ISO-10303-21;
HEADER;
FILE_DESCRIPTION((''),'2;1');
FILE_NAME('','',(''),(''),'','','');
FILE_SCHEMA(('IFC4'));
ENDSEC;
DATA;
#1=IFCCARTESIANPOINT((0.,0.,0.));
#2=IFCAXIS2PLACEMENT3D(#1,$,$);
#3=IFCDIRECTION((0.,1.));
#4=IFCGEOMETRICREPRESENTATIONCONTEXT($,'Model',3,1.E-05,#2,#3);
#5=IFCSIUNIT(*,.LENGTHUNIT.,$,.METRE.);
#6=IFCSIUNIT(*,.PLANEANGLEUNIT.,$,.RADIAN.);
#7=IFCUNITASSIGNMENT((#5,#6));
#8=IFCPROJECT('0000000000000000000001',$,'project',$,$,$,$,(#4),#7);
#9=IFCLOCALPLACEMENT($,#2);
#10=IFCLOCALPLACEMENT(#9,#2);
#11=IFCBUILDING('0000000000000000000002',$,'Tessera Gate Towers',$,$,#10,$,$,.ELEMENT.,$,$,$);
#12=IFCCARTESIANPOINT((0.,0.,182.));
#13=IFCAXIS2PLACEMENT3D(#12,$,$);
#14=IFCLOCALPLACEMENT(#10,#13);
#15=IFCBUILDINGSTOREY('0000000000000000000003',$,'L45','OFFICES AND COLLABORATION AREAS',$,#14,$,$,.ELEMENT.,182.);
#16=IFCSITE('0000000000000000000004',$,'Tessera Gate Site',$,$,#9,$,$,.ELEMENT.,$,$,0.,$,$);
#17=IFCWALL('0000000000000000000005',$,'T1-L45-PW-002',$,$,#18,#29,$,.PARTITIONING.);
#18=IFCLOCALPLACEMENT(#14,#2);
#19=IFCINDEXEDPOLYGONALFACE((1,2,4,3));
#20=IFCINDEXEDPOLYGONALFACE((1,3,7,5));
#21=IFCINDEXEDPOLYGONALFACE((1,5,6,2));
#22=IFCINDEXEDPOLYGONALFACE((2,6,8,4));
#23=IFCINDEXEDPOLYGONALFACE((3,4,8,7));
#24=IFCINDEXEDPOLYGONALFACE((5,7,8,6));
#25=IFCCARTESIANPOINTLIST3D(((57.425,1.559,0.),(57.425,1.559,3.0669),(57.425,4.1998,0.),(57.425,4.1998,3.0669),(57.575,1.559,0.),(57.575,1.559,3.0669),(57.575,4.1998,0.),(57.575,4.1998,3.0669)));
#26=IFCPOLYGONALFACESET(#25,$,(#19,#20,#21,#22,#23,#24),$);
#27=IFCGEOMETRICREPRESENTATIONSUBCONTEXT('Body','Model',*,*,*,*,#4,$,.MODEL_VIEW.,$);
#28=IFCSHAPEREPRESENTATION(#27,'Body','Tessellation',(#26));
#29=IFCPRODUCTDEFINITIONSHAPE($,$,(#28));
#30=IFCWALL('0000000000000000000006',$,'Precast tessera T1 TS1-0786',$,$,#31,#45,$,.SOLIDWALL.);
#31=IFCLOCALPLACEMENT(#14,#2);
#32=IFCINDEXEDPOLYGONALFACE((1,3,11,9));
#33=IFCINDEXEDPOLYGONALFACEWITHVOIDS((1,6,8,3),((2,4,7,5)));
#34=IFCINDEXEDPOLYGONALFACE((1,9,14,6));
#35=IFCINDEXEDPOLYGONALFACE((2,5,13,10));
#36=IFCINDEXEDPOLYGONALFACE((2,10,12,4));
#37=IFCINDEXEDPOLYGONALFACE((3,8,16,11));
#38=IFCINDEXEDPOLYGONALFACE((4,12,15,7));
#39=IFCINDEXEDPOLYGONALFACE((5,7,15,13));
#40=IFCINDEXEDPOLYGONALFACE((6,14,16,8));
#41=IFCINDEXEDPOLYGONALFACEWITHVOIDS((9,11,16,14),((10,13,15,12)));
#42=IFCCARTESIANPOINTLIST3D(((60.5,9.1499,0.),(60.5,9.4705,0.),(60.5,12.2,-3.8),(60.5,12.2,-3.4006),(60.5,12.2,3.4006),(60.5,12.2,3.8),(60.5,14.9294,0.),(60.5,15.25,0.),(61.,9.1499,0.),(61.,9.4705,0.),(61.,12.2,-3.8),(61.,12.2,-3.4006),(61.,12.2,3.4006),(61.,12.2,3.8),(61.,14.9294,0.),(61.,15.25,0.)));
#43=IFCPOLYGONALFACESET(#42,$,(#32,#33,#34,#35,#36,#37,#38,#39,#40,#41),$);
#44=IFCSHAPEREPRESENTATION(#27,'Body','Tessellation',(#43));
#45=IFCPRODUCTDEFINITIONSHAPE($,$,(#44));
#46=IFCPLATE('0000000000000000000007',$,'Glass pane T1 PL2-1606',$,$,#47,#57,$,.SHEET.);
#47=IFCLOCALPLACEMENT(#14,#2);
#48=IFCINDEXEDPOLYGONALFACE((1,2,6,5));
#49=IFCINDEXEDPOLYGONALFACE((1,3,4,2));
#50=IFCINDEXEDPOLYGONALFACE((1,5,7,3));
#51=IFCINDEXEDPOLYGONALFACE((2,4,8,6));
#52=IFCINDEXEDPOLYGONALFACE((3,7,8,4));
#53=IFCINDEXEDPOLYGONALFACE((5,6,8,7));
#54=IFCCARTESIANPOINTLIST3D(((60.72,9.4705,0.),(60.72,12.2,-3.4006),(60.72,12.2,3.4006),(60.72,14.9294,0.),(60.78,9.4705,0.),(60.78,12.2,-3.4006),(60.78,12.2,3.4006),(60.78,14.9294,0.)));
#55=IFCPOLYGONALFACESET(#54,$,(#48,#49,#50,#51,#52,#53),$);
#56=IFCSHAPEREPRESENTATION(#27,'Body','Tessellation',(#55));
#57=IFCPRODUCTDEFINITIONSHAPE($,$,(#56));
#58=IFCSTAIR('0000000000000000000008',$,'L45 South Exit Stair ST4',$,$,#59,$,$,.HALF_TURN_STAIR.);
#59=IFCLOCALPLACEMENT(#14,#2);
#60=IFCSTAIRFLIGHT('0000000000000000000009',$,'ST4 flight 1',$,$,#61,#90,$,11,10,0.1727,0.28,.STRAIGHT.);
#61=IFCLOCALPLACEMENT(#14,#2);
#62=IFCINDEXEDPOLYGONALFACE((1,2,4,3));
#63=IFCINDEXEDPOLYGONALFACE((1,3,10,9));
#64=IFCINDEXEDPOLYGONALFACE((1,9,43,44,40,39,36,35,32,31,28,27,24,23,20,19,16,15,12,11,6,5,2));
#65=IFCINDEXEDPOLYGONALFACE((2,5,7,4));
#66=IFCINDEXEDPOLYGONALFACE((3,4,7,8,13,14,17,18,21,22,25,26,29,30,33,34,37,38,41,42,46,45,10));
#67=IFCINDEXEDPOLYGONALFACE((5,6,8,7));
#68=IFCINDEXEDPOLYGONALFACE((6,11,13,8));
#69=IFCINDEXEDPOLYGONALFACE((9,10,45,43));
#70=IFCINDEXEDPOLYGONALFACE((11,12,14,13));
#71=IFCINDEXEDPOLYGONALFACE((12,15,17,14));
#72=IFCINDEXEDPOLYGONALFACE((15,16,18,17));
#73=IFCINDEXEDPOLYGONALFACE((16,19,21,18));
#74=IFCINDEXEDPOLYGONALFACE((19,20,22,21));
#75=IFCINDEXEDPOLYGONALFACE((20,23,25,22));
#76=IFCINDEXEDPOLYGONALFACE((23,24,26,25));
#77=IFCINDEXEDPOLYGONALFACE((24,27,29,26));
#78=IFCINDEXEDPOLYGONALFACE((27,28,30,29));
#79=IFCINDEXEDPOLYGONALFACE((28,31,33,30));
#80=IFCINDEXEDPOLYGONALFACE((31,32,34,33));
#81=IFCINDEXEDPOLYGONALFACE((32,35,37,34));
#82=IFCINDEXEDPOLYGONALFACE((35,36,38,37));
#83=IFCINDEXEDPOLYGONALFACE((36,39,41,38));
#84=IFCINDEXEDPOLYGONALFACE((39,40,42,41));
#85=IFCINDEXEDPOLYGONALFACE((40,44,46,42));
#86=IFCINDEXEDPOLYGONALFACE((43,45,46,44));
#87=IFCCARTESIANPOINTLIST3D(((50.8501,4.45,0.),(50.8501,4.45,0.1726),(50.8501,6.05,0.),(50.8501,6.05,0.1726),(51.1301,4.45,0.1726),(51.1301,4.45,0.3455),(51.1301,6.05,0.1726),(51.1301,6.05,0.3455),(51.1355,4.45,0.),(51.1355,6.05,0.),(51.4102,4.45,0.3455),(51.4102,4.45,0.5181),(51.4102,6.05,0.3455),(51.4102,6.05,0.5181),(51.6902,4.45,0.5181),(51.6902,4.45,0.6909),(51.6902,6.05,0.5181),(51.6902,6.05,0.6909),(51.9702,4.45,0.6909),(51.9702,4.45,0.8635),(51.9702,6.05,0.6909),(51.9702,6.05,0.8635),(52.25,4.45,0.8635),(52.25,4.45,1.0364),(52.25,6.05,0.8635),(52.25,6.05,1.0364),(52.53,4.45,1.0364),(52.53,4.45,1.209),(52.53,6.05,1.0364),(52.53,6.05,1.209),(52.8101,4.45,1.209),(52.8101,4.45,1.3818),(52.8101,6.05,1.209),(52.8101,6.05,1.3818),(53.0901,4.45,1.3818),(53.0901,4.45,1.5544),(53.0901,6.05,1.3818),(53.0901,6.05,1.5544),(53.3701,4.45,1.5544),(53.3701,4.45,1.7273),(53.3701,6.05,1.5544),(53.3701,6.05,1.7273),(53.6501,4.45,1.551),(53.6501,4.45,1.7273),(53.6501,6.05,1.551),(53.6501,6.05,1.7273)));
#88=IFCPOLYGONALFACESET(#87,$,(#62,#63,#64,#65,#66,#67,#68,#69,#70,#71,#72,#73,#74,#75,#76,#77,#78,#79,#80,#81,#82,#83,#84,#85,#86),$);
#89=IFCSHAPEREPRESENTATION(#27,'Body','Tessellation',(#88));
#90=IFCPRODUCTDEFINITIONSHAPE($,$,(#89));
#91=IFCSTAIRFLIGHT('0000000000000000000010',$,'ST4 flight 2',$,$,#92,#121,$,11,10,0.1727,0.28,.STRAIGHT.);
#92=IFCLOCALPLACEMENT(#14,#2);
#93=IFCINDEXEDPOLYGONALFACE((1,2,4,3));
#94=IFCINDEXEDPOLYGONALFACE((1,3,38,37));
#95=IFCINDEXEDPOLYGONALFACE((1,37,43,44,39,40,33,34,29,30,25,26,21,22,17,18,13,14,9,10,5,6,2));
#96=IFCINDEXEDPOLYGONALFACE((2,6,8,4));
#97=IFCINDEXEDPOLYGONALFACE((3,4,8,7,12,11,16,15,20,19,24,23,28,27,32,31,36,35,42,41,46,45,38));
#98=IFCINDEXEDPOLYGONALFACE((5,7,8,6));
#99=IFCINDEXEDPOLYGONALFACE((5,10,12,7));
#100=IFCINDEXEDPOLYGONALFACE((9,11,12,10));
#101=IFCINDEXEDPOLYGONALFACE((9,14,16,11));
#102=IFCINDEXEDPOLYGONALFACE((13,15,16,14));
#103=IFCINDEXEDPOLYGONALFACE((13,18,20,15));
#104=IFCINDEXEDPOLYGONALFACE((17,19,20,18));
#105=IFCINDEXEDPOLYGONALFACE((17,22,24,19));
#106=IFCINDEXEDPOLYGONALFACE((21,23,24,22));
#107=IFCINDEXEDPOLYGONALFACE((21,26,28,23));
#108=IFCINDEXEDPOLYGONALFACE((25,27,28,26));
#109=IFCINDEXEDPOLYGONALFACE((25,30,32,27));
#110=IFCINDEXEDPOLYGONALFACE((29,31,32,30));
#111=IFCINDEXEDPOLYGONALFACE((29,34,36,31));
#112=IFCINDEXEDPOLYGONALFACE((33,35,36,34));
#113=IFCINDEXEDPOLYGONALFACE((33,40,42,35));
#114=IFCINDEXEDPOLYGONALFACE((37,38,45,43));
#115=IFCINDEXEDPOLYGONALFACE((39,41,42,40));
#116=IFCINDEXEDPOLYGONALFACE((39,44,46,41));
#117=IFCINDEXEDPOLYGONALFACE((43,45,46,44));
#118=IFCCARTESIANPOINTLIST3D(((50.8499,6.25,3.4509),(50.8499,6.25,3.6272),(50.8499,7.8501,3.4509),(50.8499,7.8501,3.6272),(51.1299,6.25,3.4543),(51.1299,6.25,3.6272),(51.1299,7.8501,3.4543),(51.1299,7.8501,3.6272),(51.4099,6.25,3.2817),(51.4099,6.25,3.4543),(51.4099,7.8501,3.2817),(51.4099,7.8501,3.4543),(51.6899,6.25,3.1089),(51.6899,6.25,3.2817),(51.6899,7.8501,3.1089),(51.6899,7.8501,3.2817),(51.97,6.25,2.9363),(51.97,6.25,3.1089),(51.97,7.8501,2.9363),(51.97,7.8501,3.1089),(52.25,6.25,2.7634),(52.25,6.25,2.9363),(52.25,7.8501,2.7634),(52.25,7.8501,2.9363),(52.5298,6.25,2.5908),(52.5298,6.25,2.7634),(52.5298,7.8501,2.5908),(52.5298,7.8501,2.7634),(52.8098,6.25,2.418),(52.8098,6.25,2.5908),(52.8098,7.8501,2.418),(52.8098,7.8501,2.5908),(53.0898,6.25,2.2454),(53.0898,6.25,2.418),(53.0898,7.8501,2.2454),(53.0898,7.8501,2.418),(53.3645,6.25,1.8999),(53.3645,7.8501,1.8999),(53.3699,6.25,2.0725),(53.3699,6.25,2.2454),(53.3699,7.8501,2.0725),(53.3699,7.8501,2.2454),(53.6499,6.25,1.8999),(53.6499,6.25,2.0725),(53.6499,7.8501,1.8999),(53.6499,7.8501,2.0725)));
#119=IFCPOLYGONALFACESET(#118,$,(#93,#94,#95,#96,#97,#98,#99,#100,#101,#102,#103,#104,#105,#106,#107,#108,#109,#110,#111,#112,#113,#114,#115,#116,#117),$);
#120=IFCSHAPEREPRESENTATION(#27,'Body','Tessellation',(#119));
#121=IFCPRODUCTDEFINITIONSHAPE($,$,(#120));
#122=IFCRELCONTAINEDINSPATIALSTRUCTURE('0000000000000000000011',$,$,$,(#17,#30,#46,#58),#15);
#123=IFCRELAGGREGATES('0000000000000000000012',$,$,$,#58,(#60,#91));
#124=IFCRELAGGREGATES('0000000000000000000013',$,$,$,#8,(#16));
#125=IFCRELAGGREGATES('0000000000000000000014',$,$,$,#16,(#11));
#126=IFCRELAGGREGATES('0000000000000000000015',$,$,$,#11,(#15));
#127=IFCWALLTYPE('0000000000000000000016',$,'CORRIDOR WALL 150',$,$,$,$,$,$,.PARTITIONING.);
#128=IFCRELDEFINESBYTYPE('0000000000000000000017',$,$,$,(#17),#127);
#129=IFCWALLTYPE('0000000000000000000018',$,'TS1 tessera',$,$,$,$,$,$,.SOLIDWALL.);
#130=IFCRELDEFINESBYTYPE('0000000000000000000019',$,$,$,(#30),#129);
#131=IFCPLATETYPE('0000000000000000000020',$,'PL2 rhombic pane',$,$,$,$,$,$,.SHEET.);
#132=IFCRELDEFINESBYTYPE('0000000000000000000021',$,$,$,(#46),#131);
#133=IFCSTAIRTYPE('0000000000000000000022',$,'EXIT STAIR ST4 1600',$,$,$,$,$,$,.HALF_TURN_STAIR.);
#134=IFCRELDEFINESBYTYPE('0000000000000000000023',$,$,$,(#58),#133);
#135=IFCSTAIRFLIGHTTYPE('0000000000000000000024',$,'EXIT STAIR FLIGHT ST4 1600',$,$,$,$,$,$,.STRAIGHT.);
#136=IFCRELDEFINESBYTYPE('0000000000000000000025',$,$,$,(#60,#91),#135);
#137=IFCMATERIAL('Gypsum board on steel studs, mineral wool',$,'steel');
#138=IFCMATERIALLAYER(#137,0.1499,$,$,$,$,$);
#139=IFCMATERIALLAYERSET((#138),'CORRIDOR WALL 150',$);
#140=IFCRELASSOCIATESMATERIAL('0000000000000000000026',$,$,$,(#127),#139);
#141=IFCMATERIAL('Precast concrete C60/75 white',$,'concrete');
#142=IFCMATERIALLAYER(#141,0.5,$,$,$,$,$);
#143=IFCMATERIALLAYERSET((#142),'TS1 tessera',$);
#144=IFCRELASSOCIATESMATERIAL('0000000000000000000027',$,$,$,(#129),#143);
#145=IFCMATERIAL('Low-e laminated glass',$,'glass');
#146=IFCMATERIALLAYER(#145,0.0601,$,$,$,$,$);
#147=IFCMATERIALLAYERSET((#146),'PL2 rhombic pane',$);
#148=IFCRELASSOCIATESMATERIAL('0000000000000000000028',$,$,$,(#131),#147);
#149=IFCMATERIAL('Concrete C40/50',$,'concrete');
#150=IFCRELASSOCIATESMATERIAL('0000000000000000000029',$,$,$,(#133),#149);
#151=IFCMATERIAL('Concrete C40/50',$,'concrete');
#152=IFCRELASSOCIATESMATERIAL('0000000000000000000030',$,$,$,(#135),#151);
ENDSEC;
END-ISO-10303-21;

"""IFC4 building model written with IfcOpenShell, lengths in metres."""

from ifc_helpers import new_model, si_unit, direction, frame, frame_2d, origin, place, context, subcontext, project, spatial, polyline, rectangle, outline, extrude, source, transform, mapped, material, layer, layer_set, type_object, element, fill, aggregate, save


model = new_model("IFC4")

# Units and contexts
model_context = context("Model", 3, precision=1e-05, world=origin(), true_north=direction((0.0, 1.0)))
body_context = subcontext(model_context, "Body", "Model", "MODEL_VIEW")
ifc_project = project(units=[si_unit("LENGTHUNIT", "METRE"), si_unit("PLANEANGLEUNIT", "RADIAN")], contexts=[model_context])

# Site, building, storey
site_placement = place(None, origin())
site = spatial("IfcSite", under=ifc_project, at=site_placement, Name="Tessera Gate Site", CompositionType="ELEMENT", RefElevation=0.0)
building_placement = place(site_placement, origin())
building = spatial("IfcBuilding", under=site, at=building_placement, Name="Tessera Gate Towers", CompositionType="ELEMENT")
storey_placement = place(building_placement, frame((0.0, 0.0, 182.0)))
storey = spatial("IfcBuildingStorey", under=building, at=storey_placement, Name="L45", Description="OFFICES AND COLLABORATION AREAS", CompositionType="ELEMENT", Elevation=182.0)

# Wall
ifc_material_1 = material(Name="Gypsum board on steel studs, mineral wool", Category="steel")
ifc_layer_1 = layer(ifc_material_1, 0.1499)
ifc_layer_set_1 = layer_set([ifc_layer_1], Name="CORRIDOR WALL 150")
wall_type_1 = type_object("IfcWallType", Name="CORRIDOR WALL 150", PredefinedType="PARTITIONING", material=ifc_layer_set_1)
wall_1_placement = place(storey_placement, frame((57.5, 1.5591, 0.0), z_axis=(0.0, 0.0, 1.0), x_axis=(0.0, 1.0, 0.0)))
element("IfcWall", 1, at=wall_1_placement, inside=storey, type_object=wall_type_1, Name="T1-L45-PW-002", PredefinedType="PARTITIONING", context=body_context, shape_type="SweptSolid", body=[
    extrude(rectangle(XDim=2.6409, YDim=0.1499, at=frame_2d((1.3203, 0.0))), origin(), (0.0, 0.0, 1.0), 3.0669),
])

# Wall, opening, plate
ifc_material_2 = material(Name="Precast concrete C60/75 white", Category="concrete")
ifc_layer_2 = layer(ifc_material_2, 0.5)
ifc_layer_set_2 = layer_set([ifc_layer_2], Name="TS1 tessera")
wall_type_2 = type_object("IfcWallType", Name="TS1 tessera", PredefinedType="SOLIDWALL", material=ifc_layer_set_2)
shared_shape_1 = source(origin(), body_context, "Body", "SweptSolid", [
    extrude(outline(polyline([(3.05, 0.0), (6.1001, 3.8), (3.05, 7.6001), (0.0, 3.8), (3.05, 0.0)])), frame((0.0, 0.25, 0.0), z_axis=(0.0, -1.0, 0.0), x_axis=(1.0, 0.0, 0.0)), (0.0, 0.0, 1.0), 0.5),
])
wall_2_placement = place(storey_placement, frame((60.75, 9.1499, -3.8), z_axis=(0.0, 0.0, 1.0), x_axis=(0.0, 1.0, 0.0)))
wall_2 = element("IfcWall", 2, at=wall_2_placement, inside=storey, type_object=wall_type_2, Name="Precast tessera T1 TS1-0786", PredefinedType="SOLIDWALL", context=body_context, shape_type="MappedRepresentation", body=[
    mapped(shared_shape_1, transform((0.0, 0.0, 0.0), scale=1.0)),
])
shared_shape_2 = source(origin(), body_context, "Body", "SweptSolid", [
    extrude(outline(polyline([(3.05, 0.3994), (5.7795, 3.8), (3.05, 7.2007), (0.3206, 3.8), (3.05, 0.3994)])), frame((0.0, 0.26, 0.0), z_axis=(0.0, -1.0, 0.0), x_axis=(1.0, 0.0, 0.0)), (0.0, 0.0, 1.0), 0.52),
])
opening_1_placement = place(wall_2_placement, origin())
opening_1 = element("IfcOpeningElement", 3, at=opening_1_placement, cuts=wall_2, PredefinedType="OPENING", context=body_context, shape_type="MappedRepresentation", body=[
    mapped(shared_shape_2, transform((0.0, 0.0, 0.0), scale=1.0)),
])
ifc_material_3 = material(Name="Low-e laminated glass", Category="glass")
ifc_layer_3 = layer(ifc_material_3, 0.0601)
ifc_layer_set_3 = layer_set([ifc_layer_3], Name="PL2 rhombic pane")
plate_type = type_object("IfcPlateType", Name="PL2 rhombic pane", PredefinedType="SHEET", material=ifc_layer_set_3)
shared_shape_3 = source(origin(), body_context, "Body", "SweptSolid", [
    extrude(outline(polyline([(3.05, 0.3994), (5.7795, 3.8), (3.05, 7.2007), (0.3206, 3.8), (3.05, 0.3994)])), frame((0.0, 0.03, 0.0), z_axis=(0.0, -1.0, 0.0), x_axis=(1.0, 0.0, 0.0)), (0.0, 0.0, 1.0), 0.0601),
])
plate_placement = place(opening_1_placement, origin())
plate = element("IfcPlate", 4, at=plate_placement, inside=storey, type_object=plate_type, Name="Glass pane T1 PL2-1606", PredefinedType="SHEET", context=body_context, shape_type="MappedRepresentation", body=[
    mapped(shared_shape_3, transform((0.0, 0.0, 0.0), scale=1.0)),
])
fill(opening_1, plate)

# Stair, stair flights
ifc_material_4 = material(Name="Concrete C40/50", Category="concrete")
stair_type = type_object("IfcStairType", Name="EXIT STAIR ST4 1600", PredefinedType="HALF_TURN_STAIR", material=ifc_material_4)
stair_placement = place(storey_placement, origin())
stair = element("IfcStair", 5, at=stair_placement, inside=storey, type_object=stair_type, Name="L45 South Exit Stair ST4", PredefinedType="HALF_TURN_STAIR")
ifc_material_5 = material(Name="Concrete C40/50", Category="concrete")
stair_flight_type = type_object("IfcStairFlightType", Name="EXIT STAIR FLIGHT ST4 1600", PredefinedType="STRAIGHT", material=ifc_material_5)
stair_flight_1_placement = place(storey_placement, frame((50.8501, 5.25, 0.0), z_axis=(0.0, 0.0, 1.0), x_axis=(1.0, 0.0, 0.0)))
stair_flight_1 = element("IfcStairFlight", 6, at=stair_flight_1_placement, type_object=stair_flight_type, Name="ST4 flight 1", NumberOfRisers=11, NumberOfTreads=10, PredefinedType="STRAIGHT", RiserHeight=0.1727, TreadLength=0.28, context=body_context, shape_type="SweptSolid", body=[
    extrude(outline(polyline([(0.0, 0.0), (0.0, 0.1726), (0.28, 0.1726), (0.28, 0.3455), (0.5601, 0.3455), (0.5601, 0.5181), (0.8401, 0.5181), (0.8401, 0.6909), (1.1201, 0.6909), (1.1201, 0.8635), (1.3999, 0.8635), (1.3999, 1.0364), (1.6799, 1.0364), (1.6799, 1.209), (1.96, 1.209), (1.96, 1.3818), (2.24, 1.3818), (2.24, 1.5544), (2.52, 1.5544), (2.52, 1.7273), (2.8, 1.7273), (2.8, 1.8999), (2.8, 1.551), (0.2854, 0.0), (0.0, 0.0)])), frame((0.0, 0.8, 0.0), z_axis=(0.0, -1.0, 0.0), x_axis=(1.0, 0.0, 0.0)), (0.0, 0.0, 1.0), 1.6001),
])
stair_flight_2_placement = place(storey_placement, frame((53.6499, 7.05, 1.8999), z_axis=(0.0, 0.0, 1.0), x_axis=(-1.0, 0.0, 0.0)))
stair_flight_2 = element("IfcStairFlight", 7, at=stair_flight_2_placement, type_object=stair_flight_type, Name="ST4 flight 2", NumberOfRisers=11, NumberOfTreads=10, PredefinedType="STRAIGHT", RiserHeight=0.1727, TreadLength=0.28, context=body_context, shape_type="SweptSolid", body=[
    extrude(outline(polyline([(0.0, 0.0), (0.0, 0.1726), (0.28, 0.1726), (0.28, 0.3455), (0.5601, 0.3455), (0.5601, 0.5181), (0.8401, 0.5181), (0.8401, 0.6909), (1.1201, 0.6909), (1.1201, 0.8635), (1.3999, 0.8635), (1.3999, 1.0364), (1.6799, 1.0364), (1.6799, 1.209), (1.96, 1.209), (1.96, 1.3818), (2.24, 1.3818), (2.24, 1.5544), (2.52, 1.5544), (2.52, 1.7273), (2.8, 1.7273), (2.8, 1.8999), (2.8, 1.551), (0.2854, 0.0), (0.0, 0.0)])), frame((0.0, 0.8, 0.0), z_axis=(0.0, -1.0, 0.0), x_axis=(1.0, 0.0, 0.0)), (0.0, 0.0, 1.0), 1.6001),
])
aggregate(stair, [stair_flight_1, stair_flight_2])

save(model, "model.ifc")
